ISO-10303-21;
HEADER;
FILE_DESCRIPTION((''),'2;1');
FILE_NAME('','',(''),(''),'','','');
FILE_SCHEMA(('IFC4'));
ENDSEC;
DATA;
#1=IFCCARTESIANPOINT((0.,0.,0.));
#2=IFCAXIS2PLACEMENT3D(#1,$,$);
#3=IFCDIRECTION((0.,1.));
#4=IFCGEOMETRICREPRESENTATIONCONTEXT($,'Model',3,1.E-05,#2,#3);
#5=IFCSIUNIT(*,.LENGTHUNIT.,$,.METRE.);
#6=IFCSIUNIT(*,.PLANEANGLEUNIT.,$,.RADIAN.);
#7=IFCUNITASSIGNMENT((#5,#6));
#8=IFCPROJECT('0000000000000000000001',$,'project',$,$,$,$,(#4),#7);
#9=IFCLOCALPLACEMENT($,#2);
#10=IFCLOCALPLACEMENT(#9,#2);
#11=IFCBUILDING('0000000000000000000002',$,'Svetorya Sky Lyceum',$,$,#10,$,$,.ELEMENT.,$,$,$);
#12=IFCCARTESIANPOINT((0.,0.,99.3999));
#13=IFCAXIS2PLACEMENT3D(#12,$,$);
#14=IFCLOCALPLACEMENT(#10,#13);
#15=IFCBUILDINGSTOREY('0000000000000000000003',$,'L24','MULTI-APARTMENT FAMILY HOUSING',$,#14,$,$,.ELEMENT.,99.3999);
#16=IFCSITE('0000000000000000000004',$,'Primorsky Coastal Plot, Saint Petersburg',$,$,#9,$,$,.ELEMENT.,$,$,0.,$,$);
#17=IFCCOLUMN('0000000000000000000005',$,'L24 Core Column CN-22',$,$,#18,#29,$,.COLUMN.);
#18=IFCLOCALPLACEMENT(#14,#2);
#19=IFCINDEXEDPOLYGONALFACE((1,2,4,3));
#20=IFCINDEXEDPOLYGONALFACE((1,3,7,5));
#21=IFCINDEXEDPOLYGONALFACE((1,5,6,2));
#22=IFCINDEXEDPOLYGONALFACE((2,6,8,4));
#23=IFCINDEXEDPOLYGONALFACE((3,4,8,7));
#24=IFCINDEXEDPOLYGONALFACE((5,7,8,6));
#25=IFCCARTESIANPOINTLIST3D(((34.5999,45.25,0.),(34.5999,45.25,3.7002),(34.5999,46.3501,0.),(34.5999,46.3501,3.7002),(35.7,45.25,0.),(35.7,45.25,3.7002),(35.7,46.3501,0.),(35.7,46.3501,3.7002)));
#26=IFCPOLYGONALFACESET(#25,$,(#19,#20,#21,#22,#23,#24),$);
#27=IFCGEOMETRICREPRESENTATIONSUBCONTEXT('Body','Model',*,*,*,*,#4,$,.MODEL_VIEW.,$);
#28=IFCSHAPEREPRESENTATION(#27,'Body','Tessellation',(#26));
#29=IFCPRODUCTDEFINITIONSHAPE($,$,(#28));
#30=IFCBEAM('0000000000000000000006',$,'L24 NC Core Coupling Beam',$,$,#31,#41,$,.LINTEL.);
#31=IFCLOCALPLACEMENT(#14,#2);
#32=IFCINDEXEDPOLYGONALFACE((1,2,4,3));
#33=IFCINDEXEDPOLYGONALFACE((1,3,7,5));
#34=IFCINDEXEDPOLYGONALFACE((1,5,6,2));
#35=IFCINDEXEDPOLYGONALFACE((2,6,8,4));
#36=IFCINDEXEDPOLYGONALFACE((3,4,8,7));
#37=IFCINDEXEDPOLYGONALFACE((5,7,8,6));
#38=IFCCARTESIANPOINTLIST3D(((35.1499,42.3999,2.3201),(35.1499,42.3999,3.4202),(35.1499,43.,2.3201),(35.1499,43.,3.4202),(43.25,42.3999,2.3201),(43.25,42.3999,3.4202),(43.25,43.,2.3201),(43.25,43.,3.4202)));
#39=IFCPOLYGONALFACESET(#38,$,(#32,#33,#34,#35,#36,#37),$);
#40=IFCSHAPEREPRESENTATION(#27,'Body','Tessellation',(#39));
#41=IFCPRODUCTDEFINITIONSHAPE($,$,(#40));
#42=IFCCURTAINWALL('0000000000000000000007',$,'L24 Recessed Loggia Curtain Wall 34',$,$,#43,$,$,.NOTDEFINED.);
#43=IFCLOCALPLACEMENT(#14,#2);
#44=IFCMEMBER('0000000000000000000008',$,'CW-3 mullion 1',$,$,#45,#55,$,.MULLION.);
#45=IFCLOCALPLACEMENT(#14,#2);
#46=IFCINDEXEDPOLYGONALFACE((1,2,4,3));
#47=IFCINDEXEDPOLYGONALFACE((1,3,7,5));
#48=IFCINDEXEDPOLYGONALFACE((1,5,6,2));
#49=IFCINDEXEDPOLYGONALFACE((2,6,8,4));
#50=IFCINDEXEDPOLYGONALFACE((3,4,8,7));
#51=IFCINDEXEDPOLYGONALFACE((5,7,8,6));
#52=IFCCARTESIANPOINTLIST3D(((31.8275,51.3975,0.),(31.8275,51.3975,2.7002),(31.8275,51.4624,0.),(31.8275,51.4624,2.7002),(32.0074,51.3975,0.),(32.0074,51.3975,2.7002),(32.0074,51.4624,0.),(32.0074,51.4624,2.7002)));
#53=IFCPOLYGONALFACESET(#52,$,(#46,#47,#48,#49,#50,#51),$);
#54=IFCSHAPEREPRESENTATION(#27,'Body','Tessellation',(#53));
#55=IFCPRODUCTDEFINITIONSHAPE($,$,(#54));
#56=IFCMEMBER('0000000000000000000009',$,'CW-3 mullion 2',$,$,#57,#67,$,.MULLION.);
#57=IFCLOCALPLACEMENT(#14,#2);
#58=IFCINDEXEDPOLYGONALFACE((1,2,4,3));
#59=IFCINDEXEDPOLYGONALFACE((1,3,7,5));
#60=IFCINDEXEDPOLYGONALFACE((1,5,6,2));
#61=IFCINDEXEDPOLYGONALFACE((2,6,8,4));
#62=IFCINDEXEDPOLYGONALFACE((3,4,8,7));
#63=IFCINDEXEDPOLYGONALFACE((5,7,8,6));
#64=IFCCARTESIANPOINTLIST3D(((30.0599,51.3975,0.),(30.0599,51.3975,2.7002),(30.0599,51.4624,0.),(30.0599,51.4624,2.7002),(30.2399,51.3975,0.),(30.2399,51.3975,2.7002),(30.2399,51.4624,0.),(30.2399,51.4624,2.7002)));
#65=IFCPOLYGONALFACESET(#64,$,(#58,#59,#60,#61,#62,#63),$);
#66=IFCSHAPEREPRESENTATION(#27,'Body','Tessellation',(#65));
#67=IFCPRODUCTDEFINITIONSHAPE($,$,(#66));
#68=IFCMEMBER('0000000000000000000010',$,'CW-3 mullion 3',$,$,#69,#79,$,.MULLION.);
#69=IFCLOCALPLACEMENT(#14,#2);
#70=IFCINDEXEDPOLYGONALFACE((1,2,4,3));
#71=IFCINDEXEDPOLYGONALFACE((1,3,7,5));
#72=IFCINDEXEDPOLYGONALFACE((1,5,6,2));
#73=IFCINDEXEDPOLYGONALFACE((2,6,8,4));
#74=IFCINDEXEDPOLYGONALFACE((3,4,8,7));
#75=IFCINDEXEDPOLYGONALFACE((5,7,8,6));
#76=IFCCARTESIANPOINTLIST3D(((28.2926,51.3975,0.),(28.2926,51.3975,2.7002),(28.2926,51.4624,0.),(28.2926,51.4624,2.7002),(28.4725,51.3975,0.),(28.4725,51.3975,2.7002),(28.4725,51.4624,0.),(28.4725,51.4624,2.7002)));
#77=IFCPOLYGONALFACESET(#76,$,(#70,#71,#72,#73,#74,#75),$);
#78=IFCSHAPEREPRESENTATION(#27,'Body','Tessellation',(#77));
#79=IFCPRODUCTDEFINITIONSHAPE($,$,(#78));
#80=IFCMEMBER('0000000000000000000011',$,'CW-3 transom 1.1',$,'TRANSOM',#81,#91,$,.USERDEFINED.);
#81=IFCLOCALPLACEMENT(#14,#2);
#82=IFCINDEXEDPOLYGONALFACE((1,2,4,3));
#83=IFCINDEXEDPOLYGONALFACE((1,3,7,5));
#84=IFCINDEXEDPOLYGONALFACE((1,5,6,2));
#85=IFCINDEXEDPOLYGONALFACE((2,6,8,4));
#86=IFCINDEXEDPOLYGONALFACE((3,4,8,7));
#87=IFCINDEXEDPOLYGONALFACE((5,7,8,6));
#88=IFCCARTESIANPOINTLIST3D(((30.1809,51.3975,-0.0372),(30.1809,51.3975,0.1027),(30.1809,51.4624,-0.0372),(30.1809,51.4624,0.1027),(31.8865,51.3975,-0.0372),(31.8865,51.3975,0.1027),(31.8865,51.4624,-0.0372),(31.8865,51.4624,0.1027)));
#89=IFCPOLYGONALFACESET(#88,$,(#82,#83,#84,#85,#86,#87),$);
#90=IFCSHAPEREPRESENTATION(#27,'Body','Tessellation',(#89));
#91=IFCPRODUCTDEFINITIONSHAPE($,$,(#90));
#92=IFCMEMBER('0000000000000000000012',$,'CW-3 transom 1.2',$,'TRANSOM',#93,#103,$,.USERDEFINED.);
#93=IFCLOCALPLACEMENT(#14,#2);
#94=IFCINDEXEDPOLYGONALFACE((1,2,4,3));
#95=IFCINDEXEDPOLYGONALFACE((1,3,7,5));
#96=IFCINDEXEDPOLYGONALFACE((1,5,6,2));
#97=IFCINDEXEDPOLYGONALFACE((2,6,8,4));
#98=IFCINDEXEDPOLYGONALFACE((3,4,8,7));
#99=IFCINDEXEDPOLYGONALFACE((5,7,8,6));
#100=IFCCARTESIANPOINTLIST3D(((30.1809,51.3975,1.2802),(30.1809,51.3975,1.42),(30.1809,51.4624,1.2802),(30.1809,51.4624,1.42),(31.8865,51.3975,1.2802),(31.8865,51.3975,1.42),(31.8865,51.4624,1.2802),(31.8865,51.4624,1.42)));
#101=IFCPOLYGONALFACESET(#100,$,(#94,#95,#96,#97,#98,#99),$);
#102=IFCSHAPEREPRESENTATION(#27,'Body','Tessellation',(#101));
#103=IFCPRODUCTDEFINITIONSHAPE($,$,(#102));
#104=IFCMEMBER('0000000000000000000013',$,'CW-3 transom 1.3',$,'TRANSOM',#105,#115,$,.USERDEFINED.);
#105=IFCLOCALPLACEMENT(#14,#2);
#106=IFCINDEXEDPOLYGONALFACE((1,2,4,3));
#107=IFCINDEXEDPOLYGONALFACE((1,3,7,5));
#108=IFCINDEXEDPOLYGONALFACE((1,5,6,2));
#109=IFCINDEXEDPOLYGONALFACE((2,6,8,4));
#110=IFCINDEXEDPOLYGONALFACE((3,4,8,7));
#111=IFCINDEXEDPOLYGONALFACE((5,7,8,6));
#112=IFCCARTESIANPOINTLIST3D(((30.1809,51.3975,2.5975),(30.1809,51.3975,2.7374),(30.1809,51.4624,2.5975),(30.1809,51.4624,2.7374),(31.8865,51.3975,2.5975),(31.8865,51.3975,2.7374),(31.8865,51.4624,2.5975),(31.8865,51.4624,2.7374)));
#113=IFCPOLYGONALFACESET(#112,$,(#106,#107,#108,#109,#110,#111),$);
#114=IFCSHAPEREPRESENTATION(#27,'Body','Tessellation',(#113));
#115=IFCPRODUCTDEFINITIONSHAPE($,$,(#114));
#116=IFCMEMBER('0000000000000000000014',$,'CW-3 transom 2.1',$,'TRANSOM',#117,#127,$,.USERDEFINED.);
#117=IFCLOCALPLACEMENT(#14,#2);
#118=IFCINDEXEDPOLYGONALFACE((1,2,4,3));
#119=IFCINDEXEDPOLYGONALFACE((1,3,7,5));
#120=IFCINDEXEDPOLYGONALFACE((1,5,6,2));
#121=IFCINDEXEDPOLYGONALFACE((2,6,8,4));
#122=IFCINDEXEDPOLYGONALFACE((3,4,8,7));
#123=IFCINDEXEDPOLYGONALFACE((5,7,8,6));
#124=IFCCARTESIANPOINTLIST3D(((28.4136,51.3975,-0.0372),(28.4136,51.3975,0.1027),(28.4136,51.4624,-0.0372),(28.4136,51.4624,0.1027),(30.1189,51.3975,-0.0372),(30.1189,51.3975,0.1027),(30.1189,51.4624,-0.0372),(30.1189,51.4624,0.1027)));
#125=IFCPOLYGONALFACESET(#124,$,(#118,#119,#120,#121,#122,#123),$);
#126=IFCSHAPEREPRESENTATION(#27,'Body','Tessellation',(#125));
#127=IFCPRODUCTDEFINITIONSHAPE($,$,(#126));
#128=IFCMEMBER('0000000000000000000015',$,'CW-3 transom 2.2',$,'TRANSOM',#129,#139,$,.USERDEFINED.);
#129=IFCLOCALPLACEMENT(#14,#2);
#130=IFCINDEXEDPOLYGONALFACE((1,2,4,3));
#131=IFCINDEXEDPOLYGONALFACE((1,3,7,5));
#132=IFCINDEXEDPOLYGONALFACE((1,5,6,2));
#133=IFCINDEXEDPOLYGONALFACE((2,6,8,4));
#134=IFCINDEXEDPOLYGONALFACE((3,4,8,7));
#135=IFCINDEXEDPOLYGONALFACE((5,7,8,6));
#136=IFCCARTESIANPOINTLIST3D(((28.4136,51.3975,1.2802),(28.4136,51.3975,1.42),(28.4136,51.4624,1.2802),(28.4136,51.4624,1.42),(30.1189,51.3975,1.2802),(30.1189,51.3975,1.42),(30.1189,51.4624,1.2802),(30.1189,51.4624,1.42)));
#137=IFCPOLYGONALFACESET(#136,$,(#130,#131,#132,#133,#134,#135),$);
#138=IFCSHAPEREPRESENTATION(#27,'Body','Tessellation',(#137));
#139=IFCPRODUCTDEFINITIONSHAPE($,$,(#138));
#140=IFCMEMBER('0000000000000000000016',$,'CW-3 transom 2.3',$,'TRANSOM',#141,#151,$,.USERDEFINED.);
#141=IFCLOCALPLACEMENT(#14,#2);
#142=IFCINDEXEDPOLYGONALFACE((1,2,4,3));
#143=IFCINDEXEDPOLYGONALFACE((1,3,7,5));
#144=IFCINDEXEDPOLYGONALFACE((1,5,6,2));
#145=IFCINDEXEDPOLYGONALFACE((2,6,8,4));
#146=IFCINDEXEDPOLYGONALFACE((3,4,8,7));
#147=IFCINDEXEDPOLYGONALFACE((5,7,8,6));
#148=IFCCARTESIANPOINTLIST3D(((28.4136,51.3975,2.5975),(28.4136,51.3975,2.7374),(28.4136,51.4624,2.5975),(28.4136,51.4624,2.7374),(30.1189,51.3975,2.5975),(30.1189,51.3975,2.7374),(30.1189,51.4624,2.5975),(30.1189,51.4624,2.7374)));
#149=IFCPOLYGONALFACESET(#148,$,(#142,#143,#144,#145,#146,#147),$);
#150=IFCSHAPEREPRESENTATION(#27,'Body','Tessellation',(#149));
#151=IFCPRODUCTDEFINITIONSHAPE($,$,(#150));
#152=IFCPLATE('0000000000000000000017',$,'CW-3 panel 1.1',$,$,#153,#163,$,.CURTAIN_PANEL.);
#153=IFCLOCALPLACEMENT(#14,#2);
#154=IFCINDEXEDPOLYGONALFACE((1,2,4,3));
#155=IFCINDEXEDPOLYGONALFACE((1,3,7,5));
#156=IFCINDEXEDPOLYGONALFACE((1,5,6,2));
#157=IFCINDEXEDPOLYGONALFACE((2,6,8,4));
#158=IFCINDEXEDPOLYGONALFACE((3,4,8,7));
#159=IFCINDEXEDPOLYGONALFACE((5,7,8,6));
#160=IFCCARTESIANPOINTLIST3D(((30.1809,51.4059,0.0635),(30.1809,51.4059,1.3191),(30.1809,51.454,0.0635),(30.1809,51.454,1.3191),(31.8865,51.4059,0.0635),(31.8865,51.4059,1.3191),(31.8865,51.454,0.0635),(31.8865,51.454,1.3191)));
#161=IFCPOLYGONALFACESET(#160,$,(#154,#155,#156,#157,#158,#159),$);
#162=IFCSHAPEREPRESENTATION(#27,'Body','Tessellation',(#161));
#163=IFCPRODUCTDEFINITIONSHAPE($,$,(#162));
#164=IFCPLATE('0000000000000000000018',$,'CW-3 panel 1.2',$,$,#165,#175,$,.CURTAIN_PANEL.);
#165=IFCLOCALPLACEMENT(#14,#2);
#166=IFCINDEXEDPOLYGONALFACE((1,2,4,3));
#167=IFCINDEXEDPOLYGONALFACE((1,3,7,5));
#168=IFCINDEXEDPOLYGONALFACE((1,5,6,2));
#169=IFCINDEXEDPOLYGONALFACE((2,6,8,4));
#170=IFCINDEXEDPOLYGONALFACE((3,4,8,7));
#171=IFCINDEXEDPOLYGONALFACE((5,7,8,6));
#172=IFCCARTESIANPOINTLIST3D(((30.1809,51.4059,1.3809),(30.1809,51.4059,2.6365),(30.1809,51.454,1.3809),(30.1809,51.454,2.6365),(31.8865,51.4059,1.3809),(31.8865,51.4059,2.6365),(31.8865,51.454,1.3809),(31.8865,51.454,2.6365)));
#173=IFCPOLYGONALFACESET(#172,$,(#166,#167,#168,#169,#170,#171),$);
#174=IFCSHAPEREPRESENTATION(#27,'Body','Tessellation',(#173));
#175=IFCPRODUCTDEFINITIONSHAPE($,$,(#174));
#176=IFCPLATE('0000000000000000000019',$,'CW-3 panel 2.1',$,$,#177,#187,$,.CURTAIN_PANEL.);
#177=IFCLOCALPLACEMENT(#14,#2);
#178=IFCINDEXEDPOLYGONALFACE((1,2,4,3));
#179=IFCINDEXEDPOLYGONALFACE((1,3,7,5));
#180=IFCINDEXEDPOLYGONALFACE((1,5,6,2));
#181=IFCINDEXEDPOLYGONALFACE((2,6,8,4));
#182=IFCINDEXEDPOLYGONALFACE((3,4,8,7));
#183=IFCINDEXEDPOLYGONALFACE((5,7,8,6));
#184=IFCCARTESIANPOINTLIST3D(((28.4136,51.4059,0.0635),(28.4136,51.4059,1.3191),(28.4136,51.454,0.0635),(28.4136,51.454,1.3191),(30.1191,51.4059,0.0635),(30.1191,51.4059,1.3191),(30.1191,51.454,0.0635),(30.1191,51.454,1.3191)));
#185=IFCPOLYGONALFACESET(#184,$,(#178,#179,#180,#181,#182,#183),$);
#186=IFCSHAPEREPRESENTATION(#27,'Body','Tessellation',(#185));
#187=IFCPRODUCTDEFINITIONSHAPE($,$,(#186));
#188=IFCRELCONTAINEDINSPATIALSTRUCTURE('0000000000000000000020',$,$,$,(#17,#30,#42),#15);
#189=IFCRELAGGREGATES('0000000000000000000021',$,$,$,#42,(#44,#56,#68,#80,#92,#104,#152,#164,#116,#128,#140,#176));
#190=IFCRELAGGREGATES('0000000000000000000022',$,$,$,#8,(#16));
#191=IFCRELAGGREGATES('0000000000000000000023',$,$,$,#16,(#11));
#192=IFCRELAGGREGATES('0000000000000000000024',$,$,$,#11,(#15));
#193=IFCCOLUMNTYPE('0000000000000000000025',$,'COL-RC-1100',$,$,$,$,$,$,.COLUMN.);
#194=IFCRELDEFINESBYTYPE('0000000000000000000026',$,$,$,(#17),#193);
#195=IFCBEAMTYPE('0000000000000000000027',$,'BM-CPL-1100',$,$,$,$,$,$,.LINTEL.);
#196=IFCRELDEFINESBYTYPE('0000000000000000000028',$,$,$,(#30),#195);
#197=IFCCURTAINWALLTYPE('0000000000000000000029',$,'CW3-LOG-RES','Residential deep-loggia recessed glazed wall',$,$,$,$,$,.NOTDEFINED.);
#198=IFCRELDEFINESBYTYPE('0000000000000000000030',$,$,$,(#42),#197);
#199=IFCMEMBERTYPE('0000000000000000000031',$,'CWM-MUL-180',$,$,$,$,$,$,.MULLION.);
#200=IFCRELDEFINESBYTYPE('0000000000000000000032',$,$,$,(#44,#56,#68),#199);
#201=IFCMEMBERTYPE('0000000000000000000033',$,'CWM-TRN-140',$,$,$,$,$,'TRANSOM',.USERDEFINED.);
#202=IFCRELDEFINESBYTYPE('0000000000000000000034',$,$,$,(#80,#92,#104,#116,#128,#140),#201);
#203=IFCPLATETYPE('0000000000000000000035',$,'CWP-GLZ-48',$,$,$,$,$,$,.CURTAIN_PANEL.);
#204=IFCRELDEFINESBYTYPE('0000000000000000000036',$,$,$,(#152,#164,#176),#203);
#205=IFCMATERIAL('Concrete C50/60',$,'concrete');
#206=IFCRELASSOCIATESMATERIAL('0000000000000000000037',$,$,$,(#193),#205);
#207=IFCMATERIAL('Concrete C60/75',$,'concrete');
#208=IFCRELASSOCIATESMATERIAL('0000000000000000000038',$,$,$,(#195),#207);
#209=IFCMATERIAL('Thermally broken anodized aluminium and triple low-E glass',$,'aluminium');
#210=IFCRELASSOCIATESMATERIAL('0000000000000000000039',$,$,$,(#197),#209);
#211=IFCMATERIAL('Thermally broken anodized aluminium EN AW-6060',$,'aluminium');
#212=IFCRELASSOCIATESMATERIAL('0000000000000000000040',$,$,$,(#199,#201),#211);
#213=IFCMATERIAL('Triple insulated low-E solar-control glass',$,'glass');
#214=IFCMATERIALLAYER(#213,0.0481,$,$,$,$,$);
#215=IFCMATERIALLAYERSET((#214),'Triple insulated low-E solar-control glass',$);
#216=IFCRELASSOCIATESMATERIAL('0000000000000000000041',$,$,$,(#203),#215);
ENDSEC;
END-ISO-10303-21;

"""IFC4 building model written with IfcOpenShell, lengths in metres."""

from ifc_helpers import new_model, si_unit, direction, frame, origin, origin_2d, place, context, subcontext, project, spatial, rectangle, extrude, material, layer, layer_set, material_profile, profile_set, type_object, element, aggregate, save


model = new_model("IFC4")

# Units and contexts
model_context = context("Model", 3, precision=1e-05, world=origin(), true_north=direction((0.0, 1.0)))
body_context = subcontext(model_context, "Body", "Model", "MODEL_VIEW")
ifc_project = project(units=[si_unit("LENGTHUNIT", "METRE"), si_unit("PLANEANGLEUNIT", "RADIAN")], contexts=[model_context])

# Site, building, storey
site_placement = place(None, origin())
site = spatial("IfcSite", under=ifc_project, at=site_placement, Name="Primorsky Coastal Plot, Saint Petersburg", CompositionType="ELEMENT", RefElevation=0.0)
building_placement = place(site_placement, origin())
building = spatial("IfcBuilding", under=site, at=building_placement, Name="Svetorya Sky Lyceum", CompositionType="ELEMENT")
storey_placement = place(building_placement, frame((0.0, 0.0, 99.3999)))
storey = spatial("IfcBuildingStorey", under=building, at=storey_placement, Name="L24", Description="MULTI-APARTMENT FAMILY HOUSING", CompositionType="ELEMENT", Elevation=99.3999)

# Column
ifc_material_1 = material(Name="Concrete C50/60", Category="concrete")
ifc_material_profile_1 = material_profile(ifc_material_1, rectangle(XDim=1.1001, YDim=1.1001, at=origin_2d()), Name="RC COL 1100x1100")
ifc_profile_set_1 = profile_set([ifc_material_profile_1], Name="Concrete C50/60")
column_type = type_object("IfcColumnType", Name="COL-RC-1100", PredefinedType="COLUMN", material=ifc_profile_set_1)
column_placement = place(storey_placement, frame((35.1499, 45.8, 0.0), z_axis=(0.0, 0.0, 1.0), x_axis=(1.0, 0.0, 0.0)))
element("IfcColumn", 1, at=column_placement, inside=storey, type_object=column_type, Name="L24 Core Column CN-22", PredefinedType="COLUMN", context=body_context, shape_type="SweptSolid", body=[
    extrude(rectangle(XDim=1.1001, YDim=1.1001, at=origin_2d()), origin(), (0.0, 0.0, 1.0), 3.7002),
])

# Beam
ifc_material_2 = material(Name="Concrete C60/75", Category="concrete")
ifc_material_profile_2 = material_profile(ifc_material_2, rectangle(XDim=0.6001, YDim=1.1001, at=origin_2d()), Name="RC COUPLING 600x1100")
ifc_profile_set_2 = profile_set([ifc_material_profile_2], Name="Concrete C60/75")
beam_type = type_object("IfcBeamType", Name="BM-CPL-1100", PredefinedType="LINTEL", material=ifc_profile_set_2)
beam_placement = place(storey_placement, frame((35.1499, 42.7, 2.8701), z_axis=(1.0, 0.0, 0.0), x_axis=(0.0, 1.0, 0.0)))
element("IfcBeam", 2, at=beam_placement, inside=storey, type_object=beam_type, Name="L24 NC Core Coupling Beam", PredefinedType="LINTEL", context=body_context, shape_type="SweptSolid", body=[
    extrude(rectangle(XDim=0.6001, YDim=1.1001, at=origin_2d()), origin(), (0.0, 0.0, 1.0), 8.1001),
])

# Curtain wall, members, plates
ifc_material_3 = material(Name="Thermally broken anodized aluminium and triple low-E glass", Category="aluminium")
curtain_wall_type = type_object("IfcCurtainWallType", Name="CW3-LOG-RES", Description="Residential deep-loggia recessed glazed wall", PredefinedType="NOTDEFINED", material=ifc_material_3)
curtain_wall_placement = place(storey_placement, origin())
curtain_wall = element("IfcCurtainWall", 3, at=curtain_wall_placement, inside=storey, type_object=curtain_wall_type, Name="L24 Recessed Loggia Curtain Wall 34", PredefinedType="NOTDEFINED")
ifc_material_4 = material(Name="Thermally broken anodized aluminium EN AW-6060", Category="aluminium")
ifc_material_profile_3 = material_profile(ifc_material_4, rectangle(XDim=0.0649, YDim=0.1799, at=origin_2d()), Name="ALU MULLION 65x180")
ifc_profile_set_3 = profile_set([ifc_material_profile_3], Name="Thermally broken anodized aluminium EN AW-6060")
member_type_1 = type_object("IfcMemberType", Name="CWM-MUL-180", PredefinedType="MULLION", material=ifc_profile_set_3)
member_1_placement = place(storey_placement, frame((31.9175, 51.4299, 0.0), z_axis=(0.0, 0.0, 1.0), x_axis=(0.0, -1.0, 0.0)))
member_1 = element("IfcMember", 4, at=member_1_placement, type_object=member_type_1, Name="CW-3 mullion 1", PredefinedType="MULLION", context=body_context, shape_type="SweptSolid", body=[
    extrude(rectangle(XDim=0.0649, YDim=0.1799, at=origin_2d()), origin(), (0.0, 0.0, 1.0), 2.7002),
])
member_2_placement = place(storey_placement, frame((30.1499, 51.4299, 0.0), z_axis=(0.0, 0.0, 1.0), x_axis=(0.0, -1.0, 0.0)))
member_2 = element("IfcMember", 5, at=member_2_placement, type_object=member_type_1, Name="CW-3 mullion 2", PredefinedType="MULLION", context=body_context, shape_type="SweptSolid", body=[
    extrude(rectangle(XDim=0.0649, YDim=0.1799, at=origin_2d()), origin(), (0.0, 0.0, 1.0), 2.7002),
])
member_3_placement = place(storey_placement, frame((28.3826, 51.4299, 0.0), z_axis=(0.0, 0.0, 1.0), x_axis=(0.0, -1.0, 0.0)))
member_3 = element("IfcMember", 6, at=member_3_placement, type_object=member_type_1, Name="CW-3 mullion 3", PredefinedType="MULLION", context=body_context, shape_type="SweptSolid", body=[
    extrude(rectangle(XDim=0.0649, YDim=0.1799, at=origin_2d()), origin(), (0.0, 0.0, 1.0), 2.7002),
])
ifc_material_profile_4 = material_profile(ifc_material_4, rectangle(XDim=0.0649, YDim=0.1399, at=origin_2d()), Name="ALU TRANSOM 65x140")
ifc_profile_set_4 = profile_set([ifc_material_profile_4], Name="Thermally broken anodized aluminium EN AW-6060")
member_type_2 = type_object("IfcMemberType", Name="CWM-TRN-140", ElementType="TRANSOM", PredefinedType="USERDEFINED", material=ifc_profile_set_4)
member_4_placement = place(storey_placement, frame((31.8865, 51.4299, 0.0327), z_axis=(-1.0, 0.0, 0.0), x_axis=(0.0, -1.0, 0.0)))
member_4 = element("IfcMember", 7, at=member_4_placement, type_object=member_type_2, Name="CW-3 transom 1.1", ObjectType="TRANSOM", PredefinedType="USERDEFINED", context=body_context, shape_type="SweptSolid", body=[
    extrude(rectangle(XDim=0.0649, YDim=0.1399, at=origin_2d()), origin(), (0.0, 0.0, 1.0), 1.7056),
])
member_5_placement = place(storey_placement, frame((31.8865, 51.4299, 1.3501), z_axis=(-1.0, 0.0, 0.0), x_axis=(0.0, -1.0, 0.0)))
member_5 = element("IfcMember", 8, at=member_5_placement, type_object=member_type_2, Name="CW-3 transom 1.2", ObjectType="TRANSOM", PredefinedType="USERDEFINED", context=body_context, shape_type="SweptSolid", body=[
    extrude(rectangle(XDim=0.0649, YDim=0.1399, at=origin_2d()), origin(), (0.0, 0.0, 1.0), 1.7056),
])
member_6_placement = place(storey_placement, frame((31.8865, 51.4299, 2.6675), z_axis=(-1.0, 0.0, 0.0), x_axis=(0.0, -1.0, 0.0)))
member_6 = element("IfcMember", 9, at=member_6_placement, type_object=member_type_2, Name="CW-3 transom 1.3", ObjectType="TRANSOM", PredefinedType="USERDEFINED", context=body_context, shape_type="SweptSolid", body=[
    extrude(rectangle(XDim=0.0649, YDim=0.1399, at=origin_2d()), origin(), (0.0, 0.0, 1.0), 1.7056),
])
member_7_placement = place(storey_placement, frame((30.1189, 51.4299, 0.0327), z_axis=(-1.0, 0.0, 0.0), x_axis=(0.0, -1.0, 0.0)))
member_7 = element("IfcMember", 10, at=member_7_placement, type_object=member_type_2, Name="CW-3 transom 2.1", ObjectType="TRANSOM", PredefinedType="USERDEFINED", context=body_context, shape_type="SweptSolid", body=[
    extrude(rectangle(XDim=0.0649, YDim=0.1399, at=origin_2d()), origin(), (0.0, 0.0, 1.0), 1.7053),
])
member_8_placement = place(storey_placement, frame((30.1189, 51.4299, 1.3501), z_axis=(-1.0, 0.0, 0.0), x_axis=(0.0, -1.0, 0.0)))
member_8 = element("IfcMember", 11, at=member_8_placement, type_object=member_type_2, Name="CW-3 transom 2.2", ObjectType="TRANSOM", PredefinedType="USERDEFINED", context=body_context, shape_type="SweptSolid", body=[
    extrude(rectangle(XDim=0.0649, YDim=0.1399, at=origin_2d()), origin(), (0.0, 0.0, 1.0), 1.7053),
])
member_9_placement = place(storey_placement, frame((30.1189, 51.4299, 2.6675), z_axis=(-1.0, 0.0, 0.0), x_axis=(0.0, -1.0, 0.0)))
member_9 = element("IfcMember", 12, at=member_9_placement, type_object=member_type_2, Name="CW-3 transom 2.3", ObjectType="TRANSOM", PredefinedType="USERDEFINED", context=body_context, shape_type="SweptSolid", body=[
    extrude(rectangle(XDim=0.0649, YDim=0.1399, at=origin_2d()), origin(), (0.0, 0.0, 1.0), 1.7053),
])
ifc_material_5 = material(Name="Triple insulated low-E solar-control glass", Category="glass")
ifc_layer_1 = layer(ifc_material_5, 0.0481)
ifc_layer_set_1 = layer_set([ifc_layer_1], Name="Triple insulated low-E solar-control glass")
plate_type = type_object("IfcPlateType", Name="CWP-GLZ-48", PredefinedType="CURTAIN_PANEL", material=ifc_layer_set_1)
plate_1_placement = place(storey_placement, frame((31.0337, 51.4299, 0.0635), z_axis=(0.0, 0.0, 1.0), x_axis=(-1.0, 0.0, 0.0)))
plate_1 = element("IfcPlate", 13, at=plate_1_placement, type_object=plate_type, Name="CW-3 panel 1.1", PredefinedType="CURTAIN_PANEL", context=body_context, shape_type="SweptSolid", body=[
    extrude(rectangle(XDim=1.7056, YDim=0.0481, at=origin_2d()), origin(), (0.0, 0.0, 1.0), 1.2556),
])
plate_2_placement = place(storey_placement, frame((31.0337, 51.4299, 1.3809), z_axis=(0.0, 0.0, 1.0), x_axis=(-1.0, 0.0, 0.0)))
plate_2 = element("IfcPlate", 14, at=plate_2_placement, type_object=plate_type, Name="CW-3 panel 1.2", PredefinedType="CURTAIN_PANEL", context=body_context, shape_type="SweptSolid", body=[
    extrude(rectangle(XDim=1.7056, YDim=0.0481, at=origin_2d()), origin(), (0.0, 0.0, 1.0), 1.2556),
])
plate_3_placement = place(storey_placement, frame((29.2664, 51.4299, 0.0635), z_axis=(0.0, 0.0, 1.0), x_axis=(-1.0, 0.0, 0.0)))
plate_3 = element("IfcPlate", 15, at=plate_3_placement, type_object=plate_type, Name="CW-3 panel 2.1", PredefinedType="CURTAIN_PANEL", context=body_context, shape_type="SweptSolid", body=[
    extrude(rectangle(XDim=1.7056, YDim=0.0481, at=origin_2d()), origin(), (0.0, 0.0, 1.0), 1.2556),
])
aggregate(curtain_wall, [member_1, member_2, member_3, member_4, member_5, member_6, plate_1, plate_2, member_7, member_8, member_9, plate_3])

save(model, "model.ifc")
